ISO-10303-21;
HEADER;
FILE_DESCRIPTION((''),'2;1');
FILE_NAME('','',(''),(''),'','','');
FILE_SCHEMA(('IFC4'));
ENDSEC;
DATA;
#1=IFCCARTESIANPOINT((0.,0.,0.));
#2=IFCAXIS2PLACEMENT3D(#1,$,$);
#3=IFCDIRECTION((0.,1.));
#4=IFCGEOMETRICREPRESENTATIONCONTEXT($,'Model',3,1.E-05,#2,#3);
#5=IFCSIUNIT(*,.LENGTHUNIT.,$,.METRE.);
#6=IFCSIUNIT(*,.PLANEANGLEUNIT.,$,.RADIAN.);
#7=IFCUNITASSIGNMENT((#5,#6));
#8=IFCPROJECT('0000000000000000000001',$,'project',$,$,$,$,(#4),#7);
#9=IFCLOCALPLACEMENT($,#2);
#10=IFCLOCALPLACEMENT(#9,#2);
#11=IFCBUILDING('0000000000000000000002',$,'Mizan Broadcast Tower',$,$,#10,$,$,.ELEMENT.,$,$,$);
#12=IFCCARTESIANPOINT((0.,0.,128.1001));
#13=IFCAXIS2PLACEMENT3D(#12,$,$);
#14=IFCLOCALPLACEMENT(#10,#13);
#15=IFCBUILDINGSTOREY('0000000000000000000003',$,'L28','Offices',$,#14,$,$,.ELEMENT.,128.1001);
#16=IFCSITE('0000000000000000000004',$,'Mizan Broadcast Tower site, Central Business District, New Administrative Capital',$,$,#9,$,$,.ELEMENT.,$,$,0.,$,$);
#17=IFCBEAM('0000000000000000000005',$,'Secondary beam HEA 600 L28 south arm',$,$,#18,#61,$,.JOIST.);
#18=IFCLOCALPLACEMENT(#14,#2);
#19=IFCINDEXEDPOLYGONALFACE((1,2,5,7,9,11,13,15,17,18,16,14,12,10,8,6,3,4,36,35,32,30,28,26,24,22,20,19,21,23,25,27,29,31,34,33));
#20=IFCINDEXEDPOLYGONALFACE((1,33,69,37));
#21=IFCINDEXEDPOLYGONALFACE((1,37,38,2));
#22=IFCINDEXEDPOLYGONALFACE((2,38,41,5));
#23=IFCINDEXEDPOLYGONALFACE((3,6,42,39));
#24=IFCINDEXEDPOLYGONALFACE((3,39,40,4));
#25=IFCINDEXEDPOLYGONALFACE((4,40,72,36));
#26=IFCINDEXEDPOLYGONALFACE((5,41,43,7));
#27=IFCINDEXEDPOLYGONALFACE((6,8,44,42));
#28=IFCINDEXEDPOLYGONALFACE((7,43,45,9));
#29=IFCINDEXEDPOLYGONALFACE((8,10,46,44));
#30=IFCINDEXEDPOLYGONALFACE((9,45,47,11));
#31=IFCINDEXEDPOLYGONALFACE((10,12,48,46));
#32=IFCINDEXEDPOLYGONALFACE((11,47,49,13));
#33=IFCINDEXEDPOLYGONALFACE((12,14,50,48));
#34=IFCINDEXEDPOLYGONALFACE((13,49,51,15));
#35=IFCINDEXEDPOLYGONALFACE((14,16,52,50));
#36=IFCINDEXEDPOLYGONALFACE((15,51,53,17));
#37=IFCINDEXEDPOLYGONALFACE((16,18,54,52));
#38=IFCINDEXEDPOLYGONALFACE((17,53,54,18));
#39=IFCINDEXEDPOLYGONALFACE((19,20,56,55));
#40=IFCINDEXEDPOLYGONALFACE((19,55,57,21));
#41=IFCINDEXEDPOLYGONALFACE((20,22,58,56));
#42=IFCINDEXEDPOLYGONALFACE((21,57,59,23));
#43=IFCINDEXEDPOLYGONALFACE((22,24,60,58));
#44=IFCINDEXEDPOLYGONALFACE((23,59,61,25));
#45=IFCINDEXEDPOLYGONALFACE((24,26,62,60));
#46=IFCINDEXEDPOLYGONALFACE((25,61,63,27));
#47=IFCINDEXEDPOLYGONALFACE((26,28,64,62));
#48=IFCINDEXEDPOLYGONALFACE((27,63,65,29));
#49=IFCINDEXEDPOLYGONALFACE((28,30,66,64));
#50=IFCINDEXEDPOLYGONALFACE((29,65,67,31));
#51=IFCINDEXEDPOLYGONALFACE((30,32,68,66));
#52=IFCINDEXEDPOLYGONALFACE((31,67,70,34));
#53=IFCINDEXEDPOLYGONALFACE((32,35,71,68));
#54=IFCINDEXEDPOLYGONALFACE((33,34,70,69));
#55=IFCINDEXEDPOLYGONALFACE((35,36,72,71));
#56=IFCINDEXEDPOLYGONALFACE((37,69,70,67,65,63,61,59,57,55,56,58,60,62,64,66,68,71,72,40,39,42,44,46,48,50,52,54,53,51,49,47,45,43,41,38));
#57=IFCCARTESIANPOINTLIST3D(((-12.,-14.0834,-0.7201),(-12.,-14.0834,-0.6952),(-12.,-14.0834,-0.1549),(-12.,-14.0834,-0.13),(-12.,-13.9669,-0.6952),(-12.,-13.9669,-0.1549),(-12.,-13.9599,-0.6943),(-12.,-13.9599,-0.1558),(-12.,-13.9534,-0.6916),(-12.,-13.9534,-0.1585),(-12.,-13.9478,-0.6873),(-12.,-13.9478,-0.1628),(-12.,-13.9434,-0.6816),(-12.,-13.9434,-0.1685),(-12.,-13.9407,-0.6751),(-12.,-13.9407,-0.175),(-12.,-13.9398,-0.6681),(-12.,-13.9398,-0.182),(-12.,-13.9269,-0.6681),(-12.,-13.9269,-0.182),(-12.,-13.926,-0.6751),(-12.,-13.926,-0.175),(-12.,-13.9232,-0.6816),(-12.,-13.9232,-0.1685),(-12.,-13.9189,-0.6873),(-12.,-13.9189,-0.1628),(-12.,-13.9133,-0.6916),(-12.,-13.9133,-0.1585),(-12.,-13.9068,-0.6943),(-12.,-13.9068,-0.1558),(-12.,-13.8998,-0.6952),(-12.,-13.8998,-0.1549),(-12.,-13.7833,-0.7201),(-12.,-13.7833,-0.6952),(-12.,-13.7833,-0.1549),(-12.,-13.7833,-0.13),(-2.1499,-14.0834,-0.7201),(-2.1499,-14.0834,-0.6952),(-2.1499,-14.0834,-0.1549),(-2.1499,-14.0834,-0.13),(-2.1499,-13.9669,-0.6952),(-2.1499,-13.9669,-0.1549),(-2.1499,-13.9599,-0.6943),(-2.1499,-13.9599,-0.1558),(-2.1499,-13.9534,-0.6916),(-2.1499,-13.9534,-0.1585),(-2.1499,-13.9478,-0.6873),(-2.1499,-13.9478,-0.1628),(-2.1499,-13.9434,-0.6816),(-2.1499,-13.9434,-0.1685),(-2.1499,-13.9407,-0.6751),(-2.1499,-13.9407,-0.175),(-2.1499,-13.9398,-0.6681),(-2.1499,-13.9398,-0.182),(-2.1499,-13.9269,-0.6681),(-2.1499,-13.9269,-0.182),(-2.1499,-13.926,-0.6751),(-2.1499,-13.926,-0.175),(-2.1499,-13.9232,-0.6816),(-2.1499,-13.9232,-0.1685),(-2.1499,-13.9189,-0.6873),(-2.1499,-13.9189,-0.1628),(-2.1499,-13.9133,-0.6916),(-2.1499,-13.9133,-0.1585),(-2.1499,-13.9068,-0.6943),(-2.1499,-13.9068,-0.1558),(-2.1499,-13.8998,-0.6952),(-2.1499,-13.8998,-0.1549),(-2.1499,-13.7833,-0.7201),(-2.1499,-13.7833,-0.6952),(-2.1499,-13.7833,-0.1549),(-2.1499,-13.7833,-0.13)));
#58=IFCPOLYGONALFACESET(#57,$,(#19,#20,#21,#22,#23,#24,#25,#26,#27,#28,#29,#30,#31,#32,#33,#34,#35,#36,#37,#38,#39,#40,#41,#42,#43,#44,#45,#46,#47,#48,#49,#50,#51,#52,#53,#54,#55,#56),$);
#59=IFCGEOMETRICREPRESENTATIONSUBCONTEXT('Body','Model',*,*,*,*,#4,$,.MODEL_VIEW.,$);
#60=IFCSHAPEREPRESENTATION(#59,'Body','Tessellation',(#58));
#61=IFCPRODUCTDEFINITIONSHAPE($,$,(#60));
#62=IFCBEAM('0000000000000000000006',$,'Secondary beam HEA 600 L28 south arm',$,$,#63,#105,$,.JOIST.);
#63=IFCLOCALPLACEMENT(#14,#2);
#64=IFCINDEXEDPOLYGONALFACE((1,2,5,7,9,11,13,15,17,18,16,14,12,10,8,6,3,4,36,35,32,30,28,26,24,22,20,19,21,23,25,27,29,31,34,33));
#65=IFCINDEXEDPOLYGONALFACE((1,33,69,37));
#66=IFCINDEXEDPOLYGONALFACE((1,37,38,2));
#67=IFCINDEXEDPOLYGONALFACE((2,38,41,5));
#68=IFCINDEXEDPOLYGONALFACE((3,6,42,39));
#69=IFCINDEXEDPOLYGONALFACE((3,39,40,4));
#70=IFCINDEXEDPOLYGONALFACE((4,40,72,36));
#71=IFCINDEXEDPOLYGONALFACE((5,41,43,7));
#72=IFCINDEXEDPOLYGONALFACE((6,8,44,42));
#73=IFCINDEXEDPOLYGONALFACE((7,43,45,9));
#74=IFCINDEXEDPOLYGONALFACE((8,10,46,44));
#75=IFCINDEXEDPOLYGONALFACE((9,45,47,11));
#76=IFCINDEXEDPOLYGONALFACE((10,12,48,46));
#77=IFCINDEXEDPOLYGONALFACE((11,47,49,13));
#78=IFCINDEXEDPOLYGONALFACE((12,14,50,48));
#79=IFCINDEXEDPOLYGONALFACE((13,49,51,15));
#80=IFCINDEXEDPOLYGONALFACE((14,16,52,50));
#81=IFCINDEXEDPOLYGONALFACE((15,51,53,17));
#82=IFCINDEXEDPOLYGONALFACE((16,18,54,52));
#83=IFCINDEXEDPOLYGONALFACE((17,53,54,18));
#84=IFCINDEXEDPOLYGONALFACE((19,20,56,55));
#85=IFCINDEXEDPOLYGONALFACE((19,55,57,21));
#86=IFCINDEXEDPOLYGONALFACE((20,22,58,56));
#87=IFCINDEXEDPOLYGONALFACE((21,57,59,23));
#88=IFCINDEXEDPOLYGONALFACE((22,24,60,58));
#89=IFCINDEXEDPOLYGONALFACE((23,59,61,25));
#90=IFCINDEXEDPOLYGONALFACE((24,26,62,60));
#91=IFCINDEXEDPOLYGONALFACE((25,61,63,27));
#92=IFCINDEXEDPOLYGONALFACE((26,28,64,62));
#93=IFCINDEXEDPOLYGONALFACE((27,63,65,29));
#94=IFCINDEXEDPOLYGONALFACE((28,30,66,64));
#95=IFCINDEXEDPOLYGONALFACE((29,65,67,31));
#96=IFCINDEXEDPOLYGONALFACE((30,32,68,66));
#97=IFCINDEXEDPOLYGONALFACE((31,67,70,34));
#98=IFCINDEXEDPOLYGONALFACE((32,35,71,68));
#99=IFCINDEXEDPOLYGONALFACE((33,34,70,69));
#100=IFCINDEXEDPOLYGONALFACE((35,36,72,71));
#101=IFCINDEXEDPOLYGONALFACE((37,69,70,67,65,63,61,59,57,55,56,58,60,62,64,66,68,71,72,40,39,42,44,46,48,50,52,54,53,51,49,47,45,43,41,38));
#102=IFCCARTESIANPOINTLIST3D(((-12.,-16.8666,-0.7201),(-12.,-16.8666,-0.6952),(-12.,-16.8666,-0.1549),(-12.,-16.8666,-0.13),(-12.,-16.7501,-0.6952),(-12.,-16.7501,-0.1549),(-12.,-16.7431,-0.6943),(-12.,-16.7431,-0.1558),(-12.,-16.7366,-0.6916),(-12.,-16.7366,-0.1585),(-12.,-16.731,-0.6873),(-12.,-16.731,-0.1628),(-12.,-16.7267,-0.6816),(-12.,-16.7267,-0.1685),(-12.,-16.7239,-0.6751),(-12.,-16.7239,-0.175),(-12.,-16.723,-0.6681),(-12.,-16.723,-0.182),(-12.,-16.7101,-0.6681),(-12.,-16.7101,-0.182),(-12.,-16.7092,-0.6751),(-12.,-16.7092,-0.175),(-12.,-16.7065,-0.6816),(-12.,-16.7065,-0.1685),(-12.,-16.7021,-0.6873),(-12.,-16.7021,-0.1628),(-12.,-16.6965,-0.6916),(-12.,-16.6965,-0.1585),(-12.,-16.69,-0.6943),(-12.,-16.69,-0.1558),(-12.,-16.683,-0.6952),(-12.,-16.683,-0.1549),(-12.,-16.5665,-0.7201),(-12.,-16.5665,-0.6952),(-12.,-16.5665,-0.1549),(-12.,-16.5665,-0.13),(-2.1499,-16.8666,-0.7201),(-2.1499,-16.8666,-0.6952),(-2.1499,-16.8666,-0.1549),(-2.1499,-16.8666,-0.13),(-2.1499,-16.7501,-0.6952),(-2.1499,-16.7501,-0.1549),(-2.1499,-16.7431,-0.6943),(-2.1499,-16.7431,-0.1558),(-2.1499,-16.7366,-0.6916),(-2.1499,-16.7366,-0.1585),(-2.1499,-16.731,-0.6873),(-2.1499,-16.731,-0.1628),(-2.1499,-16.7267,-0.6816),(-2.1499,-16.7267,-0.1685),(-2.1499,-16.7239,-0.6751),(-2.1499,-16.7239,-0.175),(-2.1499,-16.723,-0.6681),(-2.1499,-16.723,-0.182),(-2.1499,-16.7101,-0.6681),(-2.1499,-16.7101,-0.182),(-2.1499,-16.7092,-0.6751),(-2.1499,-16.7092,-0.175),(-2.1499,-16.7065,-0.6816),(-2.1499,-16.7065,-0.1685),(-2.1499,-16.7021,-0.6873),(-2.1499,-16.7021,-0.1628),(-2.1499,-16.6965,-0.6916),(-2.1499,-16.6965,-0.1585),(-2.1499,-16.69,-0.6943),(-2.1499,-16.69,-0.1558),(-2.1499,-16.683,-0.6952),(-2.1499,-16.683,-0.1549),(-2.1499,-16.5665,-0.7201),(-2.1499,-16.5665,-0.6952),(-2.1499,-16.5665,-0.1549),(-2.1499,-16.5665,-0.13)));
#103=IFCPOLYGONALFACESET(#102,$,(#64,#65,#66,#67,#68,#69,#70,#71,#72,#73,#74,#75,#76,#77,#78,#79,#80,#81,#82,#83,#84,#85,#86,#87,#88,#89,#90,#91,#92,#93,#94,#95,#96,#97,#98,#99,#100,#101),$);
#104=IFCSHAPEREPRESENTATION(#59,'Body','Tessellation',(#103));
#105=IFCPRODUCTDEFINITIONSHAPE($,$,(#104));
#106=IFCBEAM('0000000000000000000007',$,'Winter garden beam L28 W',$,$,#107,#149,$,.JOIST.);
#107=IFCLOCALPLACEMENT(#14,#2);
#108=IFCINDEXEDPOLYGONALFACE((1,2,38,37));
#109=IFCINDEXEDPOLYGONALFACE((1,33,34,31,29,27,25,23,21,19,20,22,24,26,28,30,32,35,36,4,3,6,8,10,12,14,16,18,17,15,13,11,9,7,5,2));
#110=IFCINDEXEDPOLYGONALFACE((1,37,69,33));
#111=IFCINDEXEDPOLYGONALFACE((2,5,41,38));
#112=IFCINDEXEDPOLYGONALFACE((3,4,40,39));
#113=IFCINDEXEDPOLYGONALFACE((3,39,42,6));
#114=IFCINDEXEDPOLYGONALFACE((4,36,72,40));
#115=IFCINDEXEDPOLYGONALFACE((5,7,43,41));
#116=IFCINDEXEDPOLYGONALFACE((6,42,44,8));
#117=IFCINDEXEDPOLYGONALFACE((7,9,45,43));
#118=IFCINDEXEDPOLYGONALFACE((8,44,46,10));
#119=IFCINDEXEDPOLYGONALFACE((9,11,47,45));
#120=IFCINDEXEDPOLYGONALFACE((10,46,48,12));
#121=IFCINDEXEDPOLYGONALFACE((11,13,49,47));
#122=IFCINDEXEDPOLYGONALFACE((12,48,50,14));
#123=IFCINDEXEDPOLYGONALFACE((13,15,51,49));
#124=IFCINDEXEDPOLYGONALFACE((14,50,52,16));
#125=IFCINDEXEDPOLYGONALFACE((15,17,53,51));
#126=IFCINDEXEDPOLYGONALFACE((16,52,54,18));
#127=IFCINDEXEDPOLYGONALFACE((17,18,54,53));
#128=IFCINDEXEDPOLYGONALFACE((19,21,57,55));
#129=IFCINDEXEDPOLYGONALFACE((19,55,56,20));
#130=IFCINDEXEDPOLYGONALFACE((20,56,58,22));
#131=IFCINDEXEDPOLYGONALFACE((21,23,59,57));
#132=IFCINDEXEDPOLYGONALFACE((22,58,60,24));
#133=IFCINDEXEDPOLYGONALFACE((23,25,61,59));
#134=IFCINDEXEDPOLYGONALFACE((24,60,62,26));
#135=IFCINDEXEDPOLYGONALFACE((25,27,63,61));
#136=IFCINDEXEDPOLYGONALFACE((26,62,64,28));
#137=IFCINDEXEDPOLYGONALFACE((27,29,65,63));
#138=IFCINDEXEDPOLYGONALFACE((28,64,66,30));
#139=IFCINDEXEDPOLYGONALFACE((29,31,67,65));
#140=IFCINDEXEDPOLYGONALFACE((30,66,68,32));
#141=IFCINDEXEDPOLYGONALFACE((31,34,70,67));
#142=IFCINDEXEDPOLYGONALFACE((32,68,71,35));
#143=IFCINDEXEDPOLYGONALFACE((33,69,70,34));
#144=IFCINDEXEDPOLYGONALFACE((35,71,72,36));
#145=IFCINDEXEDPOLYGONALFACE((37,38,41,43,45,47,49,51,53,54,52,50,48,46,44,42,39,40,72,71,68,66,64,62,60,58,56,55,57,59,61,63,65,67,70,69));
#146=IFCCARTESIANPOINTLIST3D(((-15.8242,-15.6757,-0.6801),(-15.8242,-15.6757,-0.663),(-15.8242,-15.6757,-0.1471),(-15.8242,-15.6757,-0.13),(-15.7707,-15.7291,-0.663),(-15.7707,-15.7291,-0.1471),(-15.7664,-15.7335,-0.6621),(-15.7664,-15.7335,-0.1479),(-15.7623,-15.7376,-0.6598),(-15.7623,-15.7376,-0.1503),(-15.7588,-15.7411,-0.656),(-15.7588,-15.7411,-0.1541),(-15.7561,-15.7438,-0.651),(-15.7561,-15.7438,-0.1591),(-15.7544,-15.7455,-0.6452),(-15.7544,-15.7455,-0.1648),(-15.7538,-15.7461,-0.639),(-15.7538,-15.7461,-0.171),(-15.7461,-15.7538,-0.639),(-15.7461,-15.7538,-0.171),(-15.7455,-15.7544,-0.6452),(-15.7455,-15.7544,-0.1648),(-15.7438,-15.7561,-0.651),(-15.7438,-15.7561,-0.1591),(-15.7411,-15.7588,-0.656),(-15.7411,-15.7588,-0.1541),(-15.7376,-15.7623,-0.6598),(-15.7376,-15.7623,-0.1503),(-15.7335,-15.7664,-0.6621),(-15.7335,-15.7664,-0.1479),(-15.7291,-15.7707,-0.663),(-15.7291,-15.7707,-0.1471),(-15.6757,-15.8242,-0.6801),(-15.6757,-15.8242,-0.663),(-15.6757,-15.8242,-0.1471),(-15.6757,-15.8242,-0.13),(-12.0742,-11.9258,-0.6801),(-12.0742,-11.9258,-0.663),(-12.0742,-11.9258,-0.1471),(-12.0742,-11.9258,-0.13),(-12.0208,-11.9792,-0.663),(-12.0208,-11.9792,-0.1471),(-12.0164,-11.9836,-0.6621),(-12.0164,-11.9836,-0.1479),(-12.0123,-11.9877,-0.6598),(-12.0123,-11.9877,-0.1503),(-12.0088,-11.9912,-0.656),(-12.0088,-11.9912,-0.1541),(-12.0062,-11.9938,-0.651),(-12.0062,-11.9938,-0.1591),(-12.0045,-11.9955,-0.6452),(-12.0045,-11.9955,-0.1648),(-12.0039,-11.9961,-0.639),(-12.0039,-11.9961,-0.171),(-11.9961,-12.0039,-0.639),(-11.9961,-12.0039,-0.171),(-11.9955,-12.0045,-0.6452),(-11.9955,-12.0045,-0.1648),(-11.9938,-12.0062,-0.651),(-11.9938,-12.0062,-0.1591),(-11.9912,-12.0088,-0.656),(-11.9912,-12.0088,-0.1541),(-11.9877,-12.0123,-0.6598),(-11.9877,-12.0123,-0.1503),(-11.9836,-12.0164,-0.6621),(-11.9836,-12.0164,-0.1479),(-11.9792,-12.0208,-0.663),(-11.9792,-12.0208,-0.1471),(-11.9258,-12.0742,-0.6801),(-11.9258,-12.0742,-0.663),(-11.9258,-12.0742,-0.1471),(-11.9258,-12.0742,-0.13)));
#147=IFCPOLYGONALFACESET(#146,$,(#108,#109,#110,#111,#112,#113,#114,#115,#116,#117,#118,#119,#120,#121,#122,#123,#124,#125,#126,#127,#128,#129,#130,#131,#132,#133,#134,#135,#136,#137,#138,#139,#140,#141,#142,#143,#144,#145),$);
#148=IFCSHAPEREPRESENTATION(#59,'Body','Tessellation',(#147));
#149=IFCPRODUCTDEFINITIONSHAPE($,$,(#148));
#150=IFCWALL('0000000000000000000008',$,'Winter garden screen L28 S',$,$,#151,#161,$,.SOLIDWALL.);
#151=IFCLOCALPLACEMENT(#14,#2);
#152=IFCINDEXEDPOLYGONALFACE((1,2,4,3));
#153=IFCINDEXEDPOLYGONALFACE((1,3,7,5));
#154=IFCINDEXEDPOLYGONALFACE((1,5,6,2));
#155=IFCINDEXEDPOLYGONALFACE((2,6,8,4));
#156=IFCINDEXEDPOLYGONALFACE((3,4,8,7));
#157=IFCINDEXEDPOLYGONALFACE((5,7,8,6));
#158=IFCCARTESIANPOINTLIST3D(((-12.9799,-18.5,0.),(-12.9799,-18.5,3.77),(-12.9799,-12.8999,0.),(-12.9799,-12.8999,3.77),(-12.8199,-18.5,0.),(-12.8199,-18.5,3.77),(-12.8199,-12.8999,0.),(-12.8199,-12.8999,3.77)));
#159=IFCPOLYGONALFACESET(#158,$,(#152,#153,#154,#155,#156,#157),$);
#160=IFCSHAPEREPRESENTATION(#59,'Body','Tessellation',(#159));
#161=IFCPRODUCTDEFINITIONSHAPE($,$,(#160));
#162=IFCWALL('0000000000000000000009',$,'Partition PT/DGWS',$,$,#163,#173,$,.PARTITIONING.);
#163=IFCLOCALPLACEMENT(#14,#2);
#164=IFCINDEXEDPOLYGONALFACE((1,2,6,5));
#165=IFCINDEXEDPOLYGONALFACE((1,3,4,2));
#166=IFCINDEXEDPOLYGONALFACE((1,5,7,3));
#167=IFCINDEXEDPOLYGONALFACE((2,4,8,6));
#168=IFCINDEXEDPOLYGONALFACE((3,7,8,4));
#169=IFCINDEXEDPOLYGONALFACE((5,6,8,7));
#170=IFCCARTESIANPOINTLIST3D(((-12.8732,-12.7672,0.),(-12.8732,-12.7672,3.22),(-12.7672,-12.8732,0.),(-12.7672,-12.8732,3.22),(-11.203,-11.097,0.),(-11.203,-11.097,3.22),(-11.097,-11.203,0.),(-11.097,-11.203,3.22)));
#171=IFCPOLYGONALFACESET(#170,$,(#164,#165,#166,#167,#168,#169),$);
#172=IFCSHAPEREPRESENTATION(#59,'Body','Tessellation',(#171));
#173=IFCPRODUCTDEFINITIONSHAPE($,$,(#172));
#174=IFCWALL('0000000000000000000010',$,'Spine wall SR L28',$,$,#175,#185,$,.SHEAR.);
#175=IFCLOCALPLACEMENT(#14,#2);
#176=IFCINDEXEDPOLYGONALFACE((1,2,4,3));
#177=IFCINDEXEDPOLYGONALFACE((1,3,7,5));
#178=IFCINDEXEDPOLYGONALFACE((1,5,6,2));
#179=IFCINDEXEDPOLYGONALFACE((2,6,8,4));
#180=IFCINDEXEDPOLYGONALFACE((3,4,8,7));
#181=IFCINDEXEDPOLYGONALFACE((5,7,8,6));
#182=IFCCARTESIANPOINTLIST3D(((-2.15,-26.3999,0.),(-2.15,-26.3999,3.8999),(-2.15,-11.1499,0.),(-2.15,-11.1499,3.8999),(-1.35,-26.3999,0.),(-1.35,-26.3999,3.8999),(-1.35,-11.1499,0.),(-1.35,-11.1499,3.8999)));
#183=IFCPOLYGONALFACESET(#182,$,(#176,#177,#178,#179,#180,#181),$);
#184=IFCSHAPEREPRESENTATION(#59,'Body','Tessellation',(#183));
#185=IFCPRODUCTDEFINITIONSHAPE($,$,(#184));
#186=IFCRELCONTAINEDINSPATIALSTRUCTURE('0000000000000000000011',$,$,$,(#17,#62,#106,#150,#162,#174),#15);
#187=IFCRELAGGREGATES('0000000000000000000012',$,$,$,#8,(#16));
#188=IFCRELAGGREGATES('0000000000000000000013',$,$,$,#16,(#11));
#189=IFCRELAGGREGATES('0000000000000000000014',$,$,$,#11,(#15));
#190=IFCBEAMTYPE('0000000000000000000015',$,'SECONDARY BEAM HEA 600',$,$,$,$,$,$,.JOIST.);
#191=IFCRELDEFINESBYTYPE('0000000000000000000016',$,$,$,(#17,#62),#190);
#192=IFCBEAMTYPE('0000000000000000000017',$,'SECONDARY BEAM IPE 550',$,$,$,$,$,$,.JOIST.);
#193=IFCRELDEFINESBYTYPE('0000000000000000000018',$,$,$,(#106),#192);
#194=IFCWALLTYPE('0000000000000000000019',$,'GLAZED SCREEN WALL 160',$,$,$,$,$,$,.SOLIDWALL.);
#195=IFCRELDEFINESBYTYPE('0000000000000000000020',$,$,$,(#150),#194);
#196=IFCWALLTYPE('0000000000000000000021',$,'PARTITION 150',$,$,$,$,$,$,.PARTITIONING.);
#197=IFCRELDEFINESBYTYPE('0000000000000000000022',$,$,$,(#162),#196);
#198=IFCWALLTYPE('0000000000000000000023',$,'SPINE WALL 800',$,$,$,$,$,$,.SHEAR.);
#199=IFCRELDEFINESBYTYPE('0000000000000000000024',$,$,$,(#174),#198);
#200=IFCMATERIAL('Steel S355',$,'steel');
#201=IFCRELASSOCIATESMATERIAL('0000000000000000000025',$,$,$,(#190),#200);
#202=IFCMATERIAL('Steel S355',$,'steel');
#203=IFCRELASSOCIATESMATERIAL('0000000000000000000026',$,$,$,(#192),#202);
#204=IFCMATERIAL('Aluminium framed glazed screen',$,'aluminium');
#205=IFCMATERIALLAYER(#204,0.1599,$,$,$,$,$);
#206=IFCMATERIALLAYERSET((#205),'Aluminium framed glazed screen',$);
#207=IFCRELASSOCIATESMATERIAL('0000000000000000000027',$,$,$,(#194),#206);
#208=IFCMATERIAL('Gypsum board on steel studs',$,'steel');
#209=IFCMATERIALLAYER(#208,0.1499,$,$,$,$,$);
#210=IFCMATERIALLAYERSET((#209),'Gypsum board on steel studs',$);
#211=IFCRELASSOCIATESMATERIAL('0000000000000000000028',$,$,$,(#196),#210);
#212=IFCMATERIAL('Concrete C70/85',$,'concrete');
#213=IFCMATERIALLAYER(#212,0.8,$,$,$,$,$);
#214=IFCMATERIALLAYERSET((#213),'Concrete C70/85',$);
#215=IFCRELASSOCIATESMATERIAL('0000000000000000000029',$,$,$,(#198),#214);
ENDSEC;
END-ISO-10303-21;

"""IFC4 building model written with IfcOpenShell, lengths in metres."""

from ifc_helpers import new_model, si_unit, direction, frame, frame_2d, origin, origin_2d, place, context, subcontext, project, spatial, rectangle, i_section, extrude, material, layer, layer_set, material_profile, profile_set, type_object, element, save


model = new_model("IFC4")

# Units and contexts
model_context = context("Model", 3, precision=1e-05, world=origin(), true_north=direction((0.0, 1.0)))
body_context = subcontext(model_context, "Body", "Model", "MODEL_VIEW")
ifc_project = project(units=[si_unit("LENGTHUNIT", "METRE"), si_unit("PLANEANGLEUNIT", "RADIAN")], contexts=[model_context])

# Site, building, storey
site_placement = place(None, origin())
site = spatial("IfcSite", under=ifc_project, at=site_placement, Name="Mizan Broadcast Tower site, Central Business District, New Administrative Capital", CompositionType="ELEMENT", RefElevation=0.0)
building_placement = place(site_placement, origin())
building = spatial("IfcBuilding", under=site, at=building_placement, Name="Mizan Broadcast Tower", CompositionType="ELEMENT")
storey_placement = place(building_placement, frame((0.0, 0.0, 128.1001)))
storey = spatial("IfcBuildingStorey", under=building, at=storey_placement, Name="L28", Description="Offices", CompositionType="ELEMENT", Elevation=128.1001)

# Beams
ifc_material_1 = material(Name="Steel S355", Category="steel")
ifc_material_profile_1 = material_profile(ifc_material_1, i_section(OverallWidth=0.3, OverallDepth=0.5901, WebThickness=0.0129, FlangeThickness=0.0249, FilletRadius=0.0271, at=origin_2d()), Name="HEA 600")
ifc_profile_set_1 = profile_set([ifc_material_profile_1], Name="Steel S355")
beam_type_1 = type_object("IfcBeamType", Name="SECONDARY BEAM HEA 600", PredefinedType="JOIST", material=ifc_profile_set_1)
for number, where, z_axis, x_axis, name in (
    (1, (-12.0, -13.9333, -0.425), (1.0, 0.0, 0.0), (0.0, 1.0, 0.0), "Secondary beam HEA 600 L28 south arm"),
    (2, (-12.0, -16.7166, -0.425), (1.0, 0.0, 0.0), (0.0, 1.0, 0.0), "Secondary beam HEA 600 L28 south arm"),
):
    element("IfcBeam", number, at=place(storey_placement, frame(where, z_axis=z_axis, x_axis=x_axis)), inside=storey, type_object=beam_type_1, Name=name, PredefinedType="JOIST", context=body_context, shape_type="SweptSolid", body=[
        extrude(i_section(OverallWidth=0.3, OverallDepth=0.5901, WebThickness=0.0129, FlangeThickness=0.0249, FilletRadius=0.0271, at=origin_2d()), origin(), (0.0, 0.0, 1.0), 9.8501),
    ])
ifc_material_2 = material(Name="Steel S355", Category="steel")
ifc_material_profile_2 = material_profile(ifc_material_2, i_section(OverallWidth=0.21, OverallDepth=0.55, WebThickness=0.011, FlangeThickness=0.0171, FilletRadius=0.0239, at=origin_2d()), Name="IPE 550")
ifc_profile_set_2 = profile_set([ifc_material_profile_2], Name="Steel S355")
beam_type_2 = type_object("IfcBeamType", Name="SECONDARY BEAM IPE 550", PredefinedType="JOIST", material=ifc_profile_set_2)
beam_1_placement = place(storey_placement, frame((-12.0, -12.0, -0.405), z_axis=(-0.707107, -0.707107, 0.0), x_axis=(0.707107, -0.707107, 0.0)))
element("IfcBeam", 3, at=beam_1_placement, inside=storey, type_object=beam_type_2, Name="Winter garden beam L28 W", PredefinedType="JOIST", context=body_context, shape_type="SweptSolid", body=[
    extrude(i_section(OverallWidth=0.21, OverallDepth=0.55, WebThickness=0.011, FlangeThickness=0.0171, FilletRadius=0.0239, at=origin_2d()), origin(), (0.0, 0.0, 1.0), 5.3032),
])

# Walls
ifc_material_3 = material(Name="Aluminium framed glazed screen", Category="aluminium")
ifc_layer_1 = layer(ifc_material_3, 0.1599)
ifc_layer_set_1 = layer_set([ifc_layer_1], Name="Aluminium framed glazed screen")
wall_type_1 = type_object("IfcWallType", Name="GLAZED SCREEN WALL 160", PredefinedType="SOLIDWALL", material=ifc_layer_set_1)
wall_1_placement = place(storey_placement, frame((-12.8999, -12.8999, 0.0), z_axis=(0.0, 0.0, 1.0), x_axis=(0.0, -1.0, 0.0)))
element("IfcWall", 4, at=wall_1_placement, inside=storey, type_object=wall_type_1, Name="Winter garden screen L28 S", PredefinedType="SOLIDWALL", context=body_context, shape_type="SweptSolid", body=[
    extrude(rectangle(XDim=5.6001, YDim=0.1599, at=frame_2d((2.8, 0.0))), origin(), (0.0, 0.0, 1.0), 3.77),
])
ifc_material_4 = material(Name="Gypsum board on steel studs", Category="steel")
ifc_layer_2 = layer(ifc_material_4, 0.1499)
ifc_layer_set_2 = layer_set([ifc_layer_2], Name="Gypsum board on steel studs")
wall_type_2 = type_object("IfcWallType", Name="PARTITION 150", PredefinedType="PARTITIONING", material=ifc_layer_set_2)
wall_2_placement = place(storey_placement, frame((-11.1499, -11.1499, 0.0), z_axis=(0.0, 0.0, 1.0), x_axis=(-0.707107, -0.707107, 0.0)))
element("IfcWall", 5, at=wall_2_placement, inside=storey, type_object=wall_type_2, Name="Partition PT/DGWS", PredefinedType="PARTITIONING", context=body_context, shape_type="SweptSolid", body=[
    extrude(rectangle(XDim=2.3621, YDim=0.1499, at=frame_2d((1.1812, 0.0))), origin(), (0.0, 0.0, 1.0), 3.22),
])
ifc_material_5 = material(Name="Concrete C70/85", Category="concrete")
ifc_layer_3 = layer(ifc_material_5, 0.8)
ifc_layer_set_3 = layer_set([ifc_layer_3], Name="Concrete C70/85")
wall_type_3 = type_object("IfcWallType", Name="SPINE WALL 800", PredefinedType="SHEAR", material=ifc_layer_set_3)
wall_3_placement = place(storey_placement, frame((-1.75, -11.1499, 0.0), z_axis=(0.0, 0.0, 1.0), x_axis=(0.0, -1.0, 0.0)))
element("IfcWall", 6, at=wall_3_placement, inside=storey, type_object=wall_type_3, Name="Spine wall SR L28", PredefinedType="SHEAR", context=body_context, shape_type="SweptSolid", body=[
    extrude(rectangle(XDim=15.25, YDim=0.8, at=frame_2d((7.625, 0.0))), origin(), (0.0, 0.0, 1.0), 3.8999),
])

save(model, "model.ifc")
